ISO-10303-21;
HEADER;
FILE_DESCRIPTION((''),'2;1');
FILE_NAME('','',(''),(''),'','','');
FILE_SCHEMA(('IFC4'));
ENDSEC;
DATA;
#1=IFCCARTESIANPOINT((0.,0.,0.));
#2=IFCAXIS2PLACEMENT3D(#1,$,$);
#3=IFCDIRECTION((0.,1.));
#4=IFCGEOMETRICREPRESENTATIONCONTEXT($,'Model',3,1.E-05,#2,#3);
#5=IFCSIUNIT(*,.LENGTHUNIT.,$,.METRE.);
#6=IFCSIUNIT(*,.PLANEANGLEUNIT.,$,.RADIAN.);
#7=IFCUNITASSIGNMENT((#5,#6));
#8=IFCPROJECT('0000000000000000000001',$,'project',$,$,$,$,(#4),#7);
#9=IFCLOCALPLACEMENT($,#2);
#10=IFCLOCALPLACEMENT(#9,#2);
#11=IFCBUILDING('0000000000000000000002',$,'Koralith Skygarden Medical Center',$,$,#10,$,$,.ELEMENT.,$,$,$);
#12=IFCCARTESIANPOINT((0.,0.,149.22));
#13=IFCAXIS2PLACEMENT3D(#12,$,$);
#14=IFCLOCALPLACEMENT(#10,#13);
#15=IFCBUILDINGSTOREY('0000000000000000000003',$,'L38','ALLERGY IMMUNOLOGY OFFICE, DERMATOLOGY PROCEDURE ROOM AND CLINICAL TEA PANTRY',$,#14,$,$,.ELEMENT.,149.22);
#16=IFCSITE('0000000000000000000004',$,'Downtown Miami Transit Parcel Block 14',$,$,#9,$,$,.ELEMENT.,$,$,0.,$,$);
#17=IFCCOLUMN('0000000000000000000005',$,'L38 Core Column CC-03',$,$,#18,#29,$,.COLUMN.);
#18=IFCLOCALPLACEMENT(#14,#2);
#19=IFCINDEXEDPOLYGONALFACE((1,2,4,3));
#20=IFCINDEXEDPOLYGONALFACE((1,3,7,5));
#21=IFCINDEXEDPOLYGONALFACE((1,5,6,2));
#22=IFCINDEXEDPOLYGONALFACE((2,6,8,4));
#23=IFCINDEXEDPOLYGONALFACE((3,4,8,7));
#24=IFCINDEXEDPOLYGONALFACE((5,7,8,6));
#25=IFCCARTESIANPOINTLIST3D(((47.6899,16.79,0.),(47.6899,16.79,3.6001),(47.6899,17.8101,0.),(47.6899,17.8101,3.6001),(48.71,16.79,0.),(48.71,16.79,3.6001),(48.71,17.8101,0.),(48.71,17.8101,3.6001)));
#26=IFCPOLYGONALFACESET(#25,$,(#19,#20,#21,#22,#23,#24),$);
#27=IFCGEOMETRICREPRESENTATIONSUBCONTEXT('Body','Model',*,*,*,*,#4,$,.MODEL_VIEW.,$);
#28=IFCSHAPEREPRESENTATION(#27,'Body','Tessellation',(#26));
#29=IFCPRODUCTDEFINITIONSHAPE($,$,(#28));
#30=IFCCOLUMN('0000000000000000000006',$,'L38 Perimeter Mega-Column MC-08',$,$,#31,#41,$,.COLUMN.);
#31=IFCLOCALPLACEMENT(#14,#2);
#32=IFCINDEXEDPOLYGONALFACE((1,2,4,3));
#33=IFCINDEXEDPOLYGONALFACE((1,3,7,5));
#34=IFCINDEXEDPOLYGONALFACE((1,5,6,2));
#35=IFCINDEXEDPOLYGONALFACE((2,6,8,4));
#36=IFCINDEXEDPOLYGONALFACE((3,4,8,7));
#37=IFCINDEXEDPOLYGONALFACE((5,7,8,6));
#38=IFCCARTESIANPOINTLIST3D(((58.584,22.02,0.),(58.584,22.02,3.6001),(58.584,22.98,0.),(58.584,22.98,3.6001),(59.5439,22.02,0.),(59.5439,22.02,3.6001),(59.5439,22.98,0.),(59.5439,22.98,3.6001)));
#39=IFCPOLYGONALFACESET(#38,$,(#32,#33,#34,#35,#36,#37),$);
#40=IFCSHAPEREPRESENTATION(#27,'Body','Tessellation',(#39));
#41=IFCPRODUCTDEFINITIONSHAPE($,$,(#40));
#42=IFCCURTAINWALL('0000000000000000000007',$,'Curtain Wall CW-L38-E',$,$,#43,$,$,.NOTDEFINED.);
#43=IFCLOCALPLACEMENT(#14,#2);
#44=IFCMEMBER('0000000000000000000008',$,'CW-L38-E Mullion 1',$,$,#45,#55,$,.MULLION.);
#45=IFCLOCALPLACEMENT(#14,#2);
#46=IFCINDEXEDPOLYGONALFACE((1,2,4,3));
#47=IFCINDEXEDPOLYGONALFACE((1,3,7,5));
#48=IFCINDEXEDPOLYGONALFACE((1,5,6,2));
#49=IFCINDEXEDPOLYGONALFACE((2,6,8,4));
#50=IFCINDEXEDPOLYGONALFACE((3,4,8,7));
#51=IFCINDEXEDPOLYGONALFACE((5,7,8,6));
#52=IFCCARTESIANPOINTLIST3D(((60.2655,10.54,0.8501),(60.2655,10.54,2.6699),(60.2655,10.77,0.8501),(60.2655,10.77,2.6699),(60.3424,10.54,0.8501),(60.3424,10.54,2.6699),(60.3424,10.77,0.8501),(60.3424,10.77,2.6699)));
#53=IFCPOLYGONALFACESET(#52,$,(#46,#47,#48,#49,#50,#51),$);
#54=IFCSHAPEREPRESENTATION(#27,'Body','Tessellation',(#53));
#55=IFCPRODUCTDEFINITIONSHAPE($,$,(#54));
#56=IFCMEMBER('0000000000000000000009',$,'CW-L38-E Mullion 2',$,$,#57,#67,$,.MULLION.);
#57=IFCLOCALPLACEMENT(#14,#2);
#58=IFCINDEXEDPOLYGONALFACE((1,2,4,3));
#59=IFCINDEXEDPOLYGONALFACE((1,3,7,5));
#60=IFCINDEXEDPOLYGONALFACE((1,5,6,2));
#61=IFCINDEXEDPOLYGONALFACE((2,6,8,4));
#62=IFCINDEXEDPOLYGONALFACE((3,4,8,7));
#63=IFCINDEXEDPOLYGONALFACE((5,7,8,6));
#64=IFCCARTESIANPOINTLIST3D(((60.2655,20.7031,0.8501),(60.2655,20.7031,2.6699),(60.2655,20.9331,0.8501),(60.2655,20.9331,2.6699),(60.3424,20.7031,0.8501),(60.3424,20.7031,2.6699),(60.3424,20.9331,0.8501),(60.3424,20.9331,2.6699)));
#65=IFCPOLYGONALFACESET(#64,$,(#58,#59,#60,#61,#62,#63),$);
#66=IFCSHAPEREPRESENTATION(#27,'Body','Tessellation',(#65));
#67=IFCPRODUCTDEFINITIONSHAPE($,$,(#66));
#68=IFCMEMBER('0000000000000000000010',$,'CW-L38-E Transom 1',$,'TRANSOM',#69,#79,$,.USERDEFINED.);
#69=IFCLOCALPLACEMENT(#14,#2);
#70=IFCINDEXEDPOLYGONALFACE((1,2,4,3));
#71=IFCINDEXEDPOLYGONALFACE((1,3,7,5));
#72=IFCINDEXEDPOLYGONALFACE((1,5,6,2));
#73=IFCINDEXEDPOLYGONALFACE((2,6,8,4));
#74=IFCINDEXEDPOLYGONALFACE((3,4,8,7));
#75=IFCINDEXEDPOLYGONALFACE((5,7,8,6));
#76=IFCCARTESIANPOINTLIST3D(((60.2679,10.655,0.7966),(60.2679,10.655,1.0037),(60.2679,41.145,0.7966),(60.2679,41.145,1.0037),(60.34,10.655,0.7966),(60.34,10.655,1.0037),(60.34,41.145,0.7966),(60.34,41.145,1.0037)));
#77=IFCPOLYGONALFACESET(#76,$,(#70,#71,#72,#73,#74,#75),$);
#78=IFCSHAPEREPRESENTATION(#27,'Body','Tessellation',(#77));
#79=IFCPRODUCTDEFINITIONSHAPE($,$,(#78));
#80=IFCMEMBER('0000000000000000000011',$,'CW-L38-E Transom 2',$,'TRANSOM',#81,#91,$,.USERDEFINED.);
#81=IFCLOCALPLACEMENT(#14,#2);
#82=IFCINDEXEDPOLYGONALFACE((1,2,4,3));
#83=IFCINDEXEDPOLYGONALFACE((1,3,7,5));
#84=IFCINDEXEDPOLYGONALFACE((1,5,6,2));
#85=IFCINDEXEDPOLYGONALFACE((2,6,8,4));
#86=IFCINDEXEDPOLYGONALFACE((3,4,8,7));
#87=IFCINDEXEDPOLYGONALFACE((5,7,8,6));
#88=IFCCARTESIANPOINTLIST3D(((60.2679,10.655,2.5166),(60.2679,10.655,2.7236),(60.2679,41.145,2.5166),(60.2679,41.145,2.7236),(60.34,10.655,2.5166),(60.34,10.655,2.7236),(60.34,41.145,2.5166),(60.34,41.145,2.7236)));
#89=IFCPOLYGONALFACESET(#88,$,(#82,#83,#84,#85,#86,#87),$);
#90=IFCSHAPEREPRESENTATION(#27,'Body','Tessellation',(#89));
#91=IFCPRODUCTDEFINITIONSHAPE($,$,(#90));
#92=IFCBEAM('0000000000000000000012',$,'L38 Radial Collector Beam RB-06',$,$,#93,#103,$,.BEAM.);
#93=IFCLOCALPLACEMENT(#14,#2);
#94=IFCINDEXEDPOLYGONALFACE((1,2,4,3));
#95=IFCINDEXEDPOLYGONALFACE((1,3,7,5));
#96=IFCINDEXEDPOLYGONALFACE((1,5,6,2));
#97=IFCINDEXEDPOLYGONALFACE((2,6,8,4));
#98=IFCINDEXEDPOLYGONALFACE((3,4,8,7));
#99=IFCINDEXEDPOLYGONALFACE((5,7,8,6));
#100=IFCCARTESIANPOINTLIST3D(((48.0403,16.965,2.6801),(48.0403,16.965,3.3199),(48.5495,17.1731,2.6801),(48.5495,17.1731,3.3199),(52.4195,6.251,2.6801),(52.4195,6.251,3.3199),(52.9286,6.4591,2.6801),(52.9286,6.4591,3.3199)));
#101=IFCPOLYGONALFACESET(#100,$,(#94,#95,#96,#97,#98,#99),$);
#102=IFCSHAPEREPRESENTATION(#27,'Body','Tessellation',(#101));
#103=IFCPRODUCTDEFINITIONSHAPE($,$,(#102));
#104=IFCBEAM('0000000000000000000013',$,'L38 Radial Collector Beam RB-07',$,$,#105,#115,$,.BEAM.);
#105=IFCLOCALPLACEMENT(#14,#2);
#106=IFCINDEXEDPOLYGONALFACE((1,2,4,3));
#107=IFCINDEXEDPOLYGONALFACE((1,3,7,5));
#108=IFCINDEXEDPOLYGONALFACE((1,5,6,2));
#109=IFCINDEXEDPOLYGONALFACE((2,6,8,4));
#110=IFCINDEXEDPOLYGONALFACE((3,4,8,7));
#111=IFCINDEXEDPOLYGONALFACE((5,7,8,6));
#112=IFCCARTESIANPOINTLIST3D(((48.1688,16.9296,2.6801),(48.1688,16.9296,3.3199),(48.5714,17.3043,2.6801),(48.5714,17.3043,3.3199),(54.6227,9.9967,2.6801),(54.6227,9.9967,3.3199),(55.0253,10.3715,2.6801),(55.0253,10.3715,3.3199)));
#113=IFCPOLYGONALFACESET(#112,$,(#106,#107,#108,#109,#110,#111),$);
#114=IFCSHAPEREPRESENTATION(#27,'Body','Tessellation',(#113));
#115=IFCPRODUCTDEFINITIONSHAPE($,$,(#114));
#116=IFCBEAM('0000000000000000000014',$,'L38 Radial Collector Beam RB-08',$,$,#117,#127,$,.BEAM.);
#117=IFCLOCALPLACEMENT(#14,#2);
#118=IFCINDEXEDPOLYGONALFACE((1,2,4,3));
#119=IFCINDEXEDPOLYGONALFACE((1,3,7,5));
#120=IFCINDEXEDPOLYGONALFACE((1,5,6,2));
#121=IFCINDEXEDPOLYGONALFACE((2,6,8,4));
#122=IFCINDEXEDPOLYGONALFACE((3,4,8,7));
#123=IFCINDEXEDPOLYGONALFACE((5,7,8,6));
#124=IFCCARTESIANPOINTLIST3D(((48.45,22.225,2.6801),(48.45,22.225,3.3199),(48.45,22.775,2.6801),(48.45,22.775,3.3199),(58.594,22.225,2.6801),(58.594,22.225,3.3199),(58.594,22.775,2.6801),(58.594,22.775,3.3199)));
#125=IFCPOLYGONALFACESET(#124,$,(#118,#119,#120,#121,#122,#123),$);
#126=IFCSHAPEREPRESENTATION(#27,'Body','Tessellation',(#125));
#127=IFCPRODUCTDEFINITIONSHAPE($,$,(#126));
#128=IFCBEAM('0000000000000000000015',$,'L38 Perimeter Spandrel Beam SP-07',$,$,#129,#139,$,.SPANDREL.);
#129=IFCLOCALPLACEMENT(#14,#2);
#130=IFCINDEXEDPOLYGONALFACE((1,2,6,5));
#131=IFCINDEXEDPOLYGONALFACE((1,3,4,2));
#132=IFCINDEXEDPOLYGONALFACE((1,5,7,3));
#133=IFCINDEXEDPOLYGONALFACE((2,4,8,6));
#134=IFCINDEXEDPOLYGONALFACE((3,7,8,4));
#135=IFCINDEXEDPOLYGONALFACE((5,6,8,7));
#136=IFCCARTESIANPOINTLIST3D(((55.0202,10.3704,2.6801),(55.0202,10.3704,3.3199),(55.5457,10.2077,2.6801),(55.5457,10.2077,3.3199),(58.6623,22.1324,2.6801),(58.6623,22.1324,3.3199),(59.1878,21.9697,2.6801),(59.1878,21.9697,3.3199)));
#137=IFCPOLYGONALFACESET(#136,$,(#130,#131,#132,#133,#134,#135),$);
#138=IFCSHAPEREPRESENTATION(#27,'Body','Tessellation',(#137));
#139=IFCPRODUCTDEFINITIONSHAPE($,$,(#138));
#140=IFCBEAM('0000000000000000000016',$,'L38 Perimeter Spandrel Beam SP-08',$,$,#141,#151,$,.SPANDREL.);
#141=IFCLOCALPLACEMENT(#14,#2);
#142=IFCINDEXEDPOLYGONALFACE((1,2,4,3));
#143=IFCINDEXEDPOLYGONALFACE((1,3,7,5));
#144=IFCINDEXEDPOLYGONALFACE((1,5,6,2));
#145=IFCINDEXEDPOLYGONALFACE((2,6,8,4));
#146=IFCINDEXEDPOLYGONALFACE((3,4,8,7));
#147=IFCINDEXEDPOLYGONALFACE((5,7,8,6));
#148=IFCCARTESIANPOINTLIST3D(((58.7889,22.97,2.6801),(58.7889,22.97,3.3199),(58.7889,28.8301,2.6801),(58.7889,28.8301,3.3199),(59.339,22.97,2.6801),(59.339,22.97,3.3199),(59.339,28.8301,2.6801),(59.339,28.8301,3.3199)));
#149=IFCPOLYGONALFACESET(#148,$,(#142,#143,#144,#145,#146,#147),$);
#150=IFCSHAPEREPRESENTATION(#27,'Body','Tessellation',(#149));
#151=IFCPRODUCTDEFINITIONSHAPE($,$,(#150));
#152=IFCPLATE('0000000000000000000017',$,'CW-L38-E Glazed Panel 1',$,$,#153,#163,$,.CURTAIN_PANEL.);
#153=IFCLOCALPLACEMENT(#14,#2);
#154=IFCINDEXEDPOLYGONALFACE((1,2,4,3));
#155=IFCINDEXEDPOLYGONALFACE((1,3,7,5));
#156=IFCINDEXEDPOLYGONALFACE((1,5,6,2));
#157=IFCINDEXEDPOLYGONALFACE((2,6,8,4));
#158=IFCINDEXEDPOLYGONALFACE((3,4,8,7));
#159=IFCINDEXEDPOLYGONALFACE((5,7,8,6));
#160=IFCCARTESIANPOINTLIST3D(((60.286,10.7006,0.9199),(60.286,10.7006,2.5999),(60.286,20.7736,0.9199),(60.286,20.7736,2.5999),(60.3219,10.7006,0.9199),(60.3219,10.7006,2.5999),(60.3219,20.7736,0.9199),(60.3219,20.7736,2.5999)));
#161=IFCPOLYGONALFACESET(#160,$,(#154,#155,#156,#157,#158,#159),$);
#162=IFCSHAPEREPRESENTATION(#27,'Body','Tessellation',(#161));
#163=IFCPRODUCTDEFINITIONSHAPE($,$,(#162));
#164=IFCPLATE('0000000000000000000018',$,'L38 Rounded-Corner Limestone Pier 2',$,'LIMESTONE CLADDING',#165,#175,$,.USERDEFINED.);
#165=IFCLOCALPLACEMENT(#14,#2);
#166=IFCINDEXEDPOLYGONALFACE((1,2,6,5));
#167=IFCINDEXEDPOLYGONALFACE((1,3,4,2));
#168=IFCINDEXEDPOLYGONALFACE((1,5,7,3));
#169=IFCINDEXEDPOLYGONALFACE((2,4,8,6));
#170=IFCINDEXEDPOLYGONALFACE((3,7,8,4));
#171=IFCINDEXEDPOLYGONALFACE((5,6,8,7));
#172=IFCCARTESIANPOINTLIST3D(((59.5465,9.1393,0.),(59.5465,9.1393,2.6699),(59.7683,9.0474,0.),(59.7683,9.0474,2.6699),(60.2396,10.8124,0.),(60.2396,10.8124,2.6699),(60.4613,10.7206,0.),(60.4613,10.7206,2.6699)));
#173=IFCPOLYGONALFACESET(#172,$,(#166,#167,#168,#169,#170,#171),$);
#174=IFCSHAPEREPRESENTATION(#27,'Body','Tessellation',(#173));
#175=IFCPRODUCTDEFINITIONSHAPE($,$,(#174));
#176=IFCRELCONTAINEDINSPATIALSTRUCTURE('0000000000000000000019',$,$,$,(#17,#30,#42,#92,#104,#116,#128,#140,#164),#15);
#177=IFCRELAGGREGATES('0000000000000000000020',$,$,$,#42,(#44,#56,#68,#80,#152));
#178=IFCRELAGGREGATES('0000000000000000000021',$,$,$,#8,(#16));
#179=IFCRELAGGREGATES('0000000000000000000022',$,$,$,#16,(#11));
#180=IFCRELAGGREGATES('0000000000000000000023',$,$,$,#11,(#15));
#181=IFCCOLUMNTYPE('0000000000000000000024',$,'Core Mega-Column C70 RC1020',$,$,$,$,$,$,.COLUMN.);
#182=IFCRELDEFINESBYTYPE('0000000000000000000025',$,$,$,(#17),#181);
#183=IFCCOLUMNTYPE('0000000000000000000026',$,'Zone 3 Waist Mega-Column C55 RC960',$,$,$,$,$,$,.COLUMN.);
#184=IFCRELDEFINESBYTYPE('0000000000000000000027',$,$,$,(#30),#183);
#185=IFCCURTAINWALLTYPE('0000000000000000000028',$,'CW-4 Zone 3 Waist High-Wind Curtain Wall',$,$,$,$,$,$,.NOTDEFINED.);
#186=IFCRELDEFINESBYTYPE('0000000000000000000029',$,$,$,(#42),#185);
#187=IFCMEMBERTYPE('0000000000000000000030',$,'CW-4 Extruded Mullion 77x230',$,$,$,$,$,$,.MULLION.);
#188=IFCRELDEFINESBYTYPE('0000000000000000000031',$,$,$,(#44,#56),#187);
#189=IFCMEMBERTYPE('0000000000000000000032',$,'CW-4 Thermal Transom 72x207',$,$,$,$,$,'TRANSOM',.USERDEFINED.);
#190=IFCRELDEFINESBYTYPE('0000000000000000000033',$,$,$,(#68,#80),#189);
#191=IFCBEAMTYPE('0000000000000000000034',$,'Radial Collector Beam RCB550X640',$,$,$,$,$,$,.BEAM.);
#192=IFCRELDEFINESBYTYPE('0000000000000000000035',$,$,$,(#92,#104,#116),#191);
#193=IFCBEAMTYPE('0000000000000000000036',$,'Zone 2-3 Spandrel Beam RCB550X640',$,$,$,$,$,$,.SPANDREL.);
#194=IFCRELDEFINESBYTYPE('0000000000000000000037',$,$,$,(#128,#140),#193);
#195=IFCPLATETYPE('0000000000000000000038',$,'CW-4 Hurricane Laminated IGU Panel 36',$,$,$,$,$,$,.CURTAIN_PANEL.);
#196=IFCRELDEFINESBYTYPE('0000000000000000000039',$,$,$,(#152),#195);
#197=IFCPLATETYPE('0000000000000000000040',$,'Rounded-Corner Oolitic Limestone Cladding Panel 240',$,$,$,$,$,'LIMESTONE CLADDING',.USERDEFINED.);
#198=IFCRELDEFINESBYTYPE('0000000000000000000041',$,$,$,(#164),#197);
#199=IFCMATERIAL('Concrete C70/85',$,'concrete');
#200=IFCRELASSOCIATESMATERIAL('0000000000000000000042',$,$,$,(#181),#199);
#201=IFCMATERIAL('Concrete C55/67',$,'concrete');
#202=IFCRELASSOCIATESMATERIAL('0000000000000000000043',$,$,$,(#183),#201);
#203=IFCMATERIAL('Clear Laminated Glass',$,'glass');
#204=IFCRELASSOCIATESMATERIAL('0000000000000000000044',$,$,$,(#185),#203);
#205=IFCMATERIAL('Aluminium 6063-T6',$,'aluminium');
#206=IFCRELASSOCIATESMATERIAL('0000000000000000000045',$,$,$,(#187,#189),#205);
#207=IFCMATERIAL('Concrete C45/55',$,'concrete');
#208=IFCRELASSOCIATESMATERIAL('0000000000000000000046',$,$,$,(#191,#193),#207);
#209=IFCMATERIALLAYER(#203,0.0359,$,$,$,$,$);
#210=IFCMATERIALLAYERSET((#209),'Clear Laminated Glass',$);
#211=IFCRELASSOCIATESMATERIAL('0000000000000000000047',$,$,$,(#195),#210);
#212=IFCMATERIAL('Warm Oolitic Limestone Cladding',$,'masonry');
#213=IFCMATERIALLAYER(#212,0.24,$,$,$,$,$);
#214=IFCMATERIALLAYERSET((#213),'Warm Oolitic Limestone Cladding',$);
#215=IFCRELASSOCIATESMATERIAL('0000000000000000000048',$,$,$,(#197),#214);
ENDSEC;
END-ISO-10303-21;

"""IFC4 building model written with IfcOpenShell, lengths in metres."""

from ifc_helpers import new_model, si_unit, direction, frame, origin, origin_2d, place, context, subcontext, project, spatial, rectangle, extrude, material, layer, layer_set, material_profile, profile_set, type_object, element, aggregate, save


model = new_model("IFC4")

# Units and contexts
model_context = context("Model", 3, precision=1e-05, world=origin(), true_north=direction((0.0, 1.0)))
body_context = subcontext(model_context, "Body", "Model", "MODEL_VIEW")
ifc_project = project(units=[si_unit("LENGTHUNIT", "METRE"), si_unit("PLANEANGLEUNIT", "RADIAN")], contexts=[model_context])

# Site, building, storey
site_placement = place(None, origin())
site = spatial("IfcSite", under=ifc_project, at=site_placement, Name="Downtown Miami Transit Parcel Block 14", CompositionType="ELEMENT", RefElevation=0.0)
building_placement = place(site_placement, origin())
building = spatial("IfcBuilding", under=site, at=building_placement, Name="Koralith Skygarden Medical Center", CompositionType="ELEMENT")
storey_placement = place(building_placement, frame((0.0, 0.0, 149.22)))
storey = spatial("IfcBuildingStorey", under=building, at=storey_placement, Name="L38", Description="ALLERGY IMMUNOLOGY OFFICE, DERMATOLOGY PROCEDURE ROOM AND CLINICAL TEA PANTRY", CompositionType="ELEMENT", Elevation=149.22)

# Columns
ifc_material_1 = material(Name="Concrete C70/85", Category="concrete")
ifc_material_profile_1 = material_profile(ifc_material_1, rectangle(XDim=1.02, YDim=1.02, at=origin_2d()), Name="RC1020X1020")
ifc_profile_set_1 = profile_set([ifc_material_profile_1], Name="Concrete C70/85")
column_type_1 = type_object("IfcColumnType", Name="Core Mega-Column C70 RC1020", PredefinedType="COLUMN", material=ifc_profile_set_1)
column_1_placement = place(storey_placement, frame((48.2, 17.3, 0.0), z_axis=(0.0, 0.0, 1.0), x_axis=(1.0, 0.0, 0.0)))
element("IfcColumn", 1, at=column_1_placement, inside=storey, type_object=column_type_1, Name="L38 Core Column CC-03", PredefinedType="COLUMN", context=body_context, shape_type="SweptSolid", body=[
    extrude(rectangle(XDim=1.02, YDim=1.02, at=origin_2d()), origin(), (0.0, 0.0, 1.0), 3.6001),
])
ifc_material_2 = material(Name="Concrete C55/67", Category="concrete")
ifc_material_profile_2 = material_profile(ifc_material_2, rectangle(XDim=0.96, YDim=0.96, at=origin_2d()), Name="RC960X960")
ifc_profile_set_2 = profile_set([ifc_material_profile_2], Name="Concrete C55/67")
column_type_2 = type_object("IfcColumnType", Name="Zone 3 Waist Mega-Column C55 RC960", PredefinedType="COLUMN", material=ifc_profile_set_2)
column_2_placement = place(storey_placement, frame((59.064, 22.5, 0.0), z_axis=(0.0, 0.0, 1.0), x_axis=(1.0, 0.0, 0.0)))
element("IfcColumn", 2, at=column_2_placement, inside=storey, type_object=column_type_2, Name="L38 Perimeter Mega-Column MC-08", PredefinedType="COLUMN", context=body_context, shape_type="SweptSolid", body=[
    extrude(rectangle(XDim=0.96, YDim=0.96, at=origin_2d()), origin(), (0.0, 0.0, 1.0), 3.6001),
])

# Curtain wall, members
ifc_material_3 = material(Name="Clear Laminated Glass", Category="glass")
curtain_wall_type = type_object("IfcCurtainWallType", Name="CW-4 Zone 3 Waist High-Wind Curtain Wall", PredefinedType="NOTDEFINED", material=ifc_material_3)
curtain_wall_placement = place(storey_placement, origin())
curtain_wall = element("IfcCurtainWall", 3, at=curtain_wall_placement, inside=storey, type_object=curtain_wall_type, Name="Curtain Wall CW-L38-E", PredefinedType="NOTDEFINED")
ifc_material_4 = material(Name="Aluminium 6063-T6", Category="aluminium")
ifc_material_profile_3 = material_profile(ifc_material_4, rectangle(XDim=0.0769, YDim=0.23, at=origin_2d()), Name="MUL77X230")
ifc_profile_set_3 = profile_set([ifc_material_profile_3], Name="Aluminium 6063-T6")
member_type_1 = type_object("IfcMemberType", Name="CW-4 Extruded Mullion 77x230", PredefinedType="MULLION", material=ifc_profile_set_3)
member_1_placement = place(storey_placement, frame((60.304, 10.655, 0.8501), z_axis=(0.0, 0.0, 1.0), x_axis=(1.0, 0.0, 0.0)))
member_1 = element("IfcMember", 4, at=member_1_placement, type_object=member_type_1, Name="CW-L38-E Mullion 1", PredefinedType="MULLION", context=body_context, shape_type="SweptSolid", body=[
    extrude(rectangle(XDim=0.0769, YDim=0.23, at=origin_2d()), origin(), (0.0, 0.0, 1.0), 1.8198),
])
member_2_placement = place(storey_placement, frame((60.304, 20.8181, 0.8501), z_axis=(0.0, 0.0, 1.0), x_axis=(1.0, 0.0, 0.0)))
member_2 = element("IfcMember", 5, at=member_2_placement, type_object=member_type_1, Name="CW-L38-E Mullion 2", PredefinedType="MULLION", context=body_context, shape_type="SweptSolid", body=[
    extrude(rectangle(XDim=0.0769, YDim=0.23, at=origin_2d()), origin(), (0.0, 0.0, 1.0), 1.8198),
])
ifc_material_profile_4 = material_profile(ifc_material_4, rectangle(XDim=0.072, YDim=0.207, at=origin_2d()), Name="TRN72X207")
ifc_profile_set_4 = profile_set([ifc_material_profile_4], Name="Aluminium 6063-T6")
member_type_2 = type_object("IfcMemberType", Name="CW-4 Thermal Transom 72x207", ElementType="TRANSOM", PredefinedType="USERDEFINED", material=ifc_profile_set_4)
member_3_placement = place(storey_placement, frame((60.304, 10.655, 0.9001), z_axis=(0.0, 1.0, 0.0), x_axis=(-1.0, 0.0, 0.0)))
member_3 = element("IfcMember", 6, at=member_3_placement, type_object=member_type_2, Name="CW-L38-E Transom 1", ObjectType="TRANSOM", PredefinedType="USERDEFINED", context=body_context, shape_type="SweptSolid", body=[
    extrude(rectangle(XDim=0.072, YDim=0.207, at=origin_2d()), origin(), (0.0, 0.0, 1.0), 30.49),
])
member_4_placement = place(storey_placement, frame((60.304, 10.655, 2.6201), z_axis=(0.0, 1.0, 0.0), x_axis=(-1.0, 0.0, 0.0)))
member_4 = element("IfcMember", 7, at=member_4_placement, type_object=member_type_2, Name="CW-L38-E Transom 2", ObjectType="TRANSOM", PredefinedType="USERDEFINED", context=body_context, shape_type="SweptSolid", body=[
    extrude(rectangle(XDim=0.072, YDim=0.207, at=origin_2d()), origin(), (0.0, 0.0, 1.0), 30.49),
])

# Beams
ifc_material_5 = material(Name="Concrete C45/55", Category="concrete")
ifc_material_profile_5 = material_profile(ifc_material_5, rectangle(XDim=0.55, YDim=0.6399, at=origin_2d()), Name="RCB550X640")
ifc_profile_set_5 = profile_set([ifc_material_profile_5], Name="Concrete C45/55")
beam_type_1 = type_object("IfcBeamType", Name="Radial Collector Beam RCB550X640", PredefinedType="BEAM", material=ifc_profile_set_5)
beam_1_placement = place(storey_placement, frame((48.2949, 17.0691, 3.0), z_axis=(0.378345, -0.925665, 0.0), x_axis=(0.925665, 0.378345, 0.0)))
element("IfcBeam", 8, at=beam_1_placement, inside=storey, type_object=beam_type_1, Name="L38 Radial Collector Beam RB-06", PredefinedType="BEAM", context=body_context, shape_type="SweptSolid", body=[
    extrude(rectangle(XDim=0.55, YDim=0.6399, at=origin_2d()), origin(), (0.0, 0.0, 1.0), 11.5745),
])
beam_2_placement = place(storey_placement, frame((48.3701, 17.1169, 3.0), z_axis=(0.681369, -0.73194, 0.0), x_axis=(0.73194, 0.681369, 0.0)))
element("IfcBeam", 9, at=beam_2_placement, inside=storey, type_object=beam_type_1, Name="L38 Radial Collector Beam RB-07", PredefinedType="BEAM", context=body_context, shape_type="SweptSolid", body=[
    extrude(rectangle(XDim=0.55, YDim=0.6399, at=origin_2d()), origin(), (0.0, 0.0, 1.0), 9.4719),
])
beam_3_placement = place(storey_placement, frame((48.45, 22.5, 3.0), z_axis=(1.0, 0.0, 0.0), x_axis=(0.0, 1.0, 0.0)))
element("IfcBeam", 10, at=beam_3_placement, inside=storey, type_object=beam_type_1, Name="L38 Radial Collector Beam RB-08", PredefinedType="BEAM", context=body_context, shape_type="SweptSolid", body=[
    extrude(rectangle(XDim=0.55, YDim=0.6399, at=origin_2d()), origin(), (0.0, 0.0, 1.0), 10.144),
])
ifc_material_profile_6 = material_profile(ifc_material_5, rectangle(XDim=0.55, YDim=0.6399, at=origin_2d()), Name="RCB550X640")
ifc_profile_set_6 = profile_set([ifc_material_profile_6], Name="Concrete C45/55")
beam_type_2 = type_object("IfcBeamType", Name="Zone 2-3 Spandrel Beam RCB550X640", PredefinedType="SPANDREL", material=ifc_profile_set_6)
beam_4_placement = place(storey_placement, frame((55.283, 10.2891, 3.0), z_axis=(0.295794, 0.955252, 0.0), x_axis=(-0.955252, 0.295794, 0.0)))
element("IfcBeam", 11, at=beam_4_placement, inside=storey, type_object=beam_type_2, Name="L38 Perimeter Spandrel Beam SP-07", PredefinedType="SPANDREL", context=body_context, shape_type="SweptSolid", body=[
    extrude(rectangle(XDim=0.55, YDim=0.6399, at=origin_2d()), origin(), (0.0, 0.0, 1.0), 12.313),
])
beam_5_placement = place(storey_placement, frame((59.064, 22.97, 3.0), z_axis=(0.0, 1.0, 0.0), x_axis=(-1.0, 0.0, 0.0)))
element("IfcBeam", 12, at=beam_5_placement, inside=storey, type_object=beam_type_2, Name="L38 Perimeter Spandrel Beam SP-08", PredefinedType="SPANDREL", context=body_context, shape_type="SweptSolid", body=[
    extrude(rectangle(XDim=0.55, YDim=0.6399, at=origin_2d()), origin(), (0.0, 0.0, 1.0), 5.8601),
])

# Plates
ifc_layer_1 = layer(ifc_material_3, 0.0359)
ifc_layer_set_1 = layer_set([ifc_layer_1], Name="Clear Laminated Glass")
plate_type_1 = type_object("IfcPlateType", Name="CW-4 Hurricane Laminated IGU Panel 36", PredefinedType="CURTAIN_PANEL", material=ifc_layer_set_1)
plate_1_placement = place(storey_placement, frame((60.304, 15.7371, 0.9199), z_axis=(0.0, 0.0, 1.0), x_axis=(0.0, 1.0, 0.0)))
plate_1 = element("IfcPlate", 13, at=plate_1_placement, type_object=plate_type_1, Name="CW-L38-E Glazed Panel 1", PredefinedType="CURTAIN_PANEL", context=body_context, shape_type="SweptSolid", body=[
    extrude(rectangle(XDim=10.073, YDim=0.0359, at=origin_2d()), origin(), (0.0, 0.0, 1.0), 1.6799),
])
aggregate(curtain_wall, [member_1, member_2, member_3, member_4, plate_1])
ifc_material_6 = material(Name="Warm Oolitic Limestone Cladding", Category="masonry")
ifc_layer_2 = layer(ifc_material_6, 0.24)
ifc_layer_set_2 = layer_set([ifc_layer_2], Name="Warm Oolitic Limestone Cladding")
plate_type_2 = type_object("IfcPlateType", Name="Rounded-Corner Oolitic Limestone Cladding Panel 240", ElementType="LIMESTONE CLADDING", PredefinedType="USERDEFINED", material=ifc_layer_set_2)
plate_2_placement = place(storey_placement, frame((60.0039, 9.9299, 0.0), z_axis=(0.0, 0.0, 1.0), x_axis=(0.382671, 0.923885, 0.0)))
element("IfcPlate", 14, at=plate_2_placement, inside=storey, type_object=plate_type_2, Name="L38 Rounded-Corner Limestone Pier 2", ObjectType="LIMESTONE CLADDING", PredefinedType="USERDEFINED", context=body_context, shape_type="SweptSolid", body=[
    extrude(rectangle(XDim=1.811, YDim=0.24, at=origin_2d()), origin(), (0.0, 0.0, 1.0), 2.6699),
])

save(model, "model.ifc")
